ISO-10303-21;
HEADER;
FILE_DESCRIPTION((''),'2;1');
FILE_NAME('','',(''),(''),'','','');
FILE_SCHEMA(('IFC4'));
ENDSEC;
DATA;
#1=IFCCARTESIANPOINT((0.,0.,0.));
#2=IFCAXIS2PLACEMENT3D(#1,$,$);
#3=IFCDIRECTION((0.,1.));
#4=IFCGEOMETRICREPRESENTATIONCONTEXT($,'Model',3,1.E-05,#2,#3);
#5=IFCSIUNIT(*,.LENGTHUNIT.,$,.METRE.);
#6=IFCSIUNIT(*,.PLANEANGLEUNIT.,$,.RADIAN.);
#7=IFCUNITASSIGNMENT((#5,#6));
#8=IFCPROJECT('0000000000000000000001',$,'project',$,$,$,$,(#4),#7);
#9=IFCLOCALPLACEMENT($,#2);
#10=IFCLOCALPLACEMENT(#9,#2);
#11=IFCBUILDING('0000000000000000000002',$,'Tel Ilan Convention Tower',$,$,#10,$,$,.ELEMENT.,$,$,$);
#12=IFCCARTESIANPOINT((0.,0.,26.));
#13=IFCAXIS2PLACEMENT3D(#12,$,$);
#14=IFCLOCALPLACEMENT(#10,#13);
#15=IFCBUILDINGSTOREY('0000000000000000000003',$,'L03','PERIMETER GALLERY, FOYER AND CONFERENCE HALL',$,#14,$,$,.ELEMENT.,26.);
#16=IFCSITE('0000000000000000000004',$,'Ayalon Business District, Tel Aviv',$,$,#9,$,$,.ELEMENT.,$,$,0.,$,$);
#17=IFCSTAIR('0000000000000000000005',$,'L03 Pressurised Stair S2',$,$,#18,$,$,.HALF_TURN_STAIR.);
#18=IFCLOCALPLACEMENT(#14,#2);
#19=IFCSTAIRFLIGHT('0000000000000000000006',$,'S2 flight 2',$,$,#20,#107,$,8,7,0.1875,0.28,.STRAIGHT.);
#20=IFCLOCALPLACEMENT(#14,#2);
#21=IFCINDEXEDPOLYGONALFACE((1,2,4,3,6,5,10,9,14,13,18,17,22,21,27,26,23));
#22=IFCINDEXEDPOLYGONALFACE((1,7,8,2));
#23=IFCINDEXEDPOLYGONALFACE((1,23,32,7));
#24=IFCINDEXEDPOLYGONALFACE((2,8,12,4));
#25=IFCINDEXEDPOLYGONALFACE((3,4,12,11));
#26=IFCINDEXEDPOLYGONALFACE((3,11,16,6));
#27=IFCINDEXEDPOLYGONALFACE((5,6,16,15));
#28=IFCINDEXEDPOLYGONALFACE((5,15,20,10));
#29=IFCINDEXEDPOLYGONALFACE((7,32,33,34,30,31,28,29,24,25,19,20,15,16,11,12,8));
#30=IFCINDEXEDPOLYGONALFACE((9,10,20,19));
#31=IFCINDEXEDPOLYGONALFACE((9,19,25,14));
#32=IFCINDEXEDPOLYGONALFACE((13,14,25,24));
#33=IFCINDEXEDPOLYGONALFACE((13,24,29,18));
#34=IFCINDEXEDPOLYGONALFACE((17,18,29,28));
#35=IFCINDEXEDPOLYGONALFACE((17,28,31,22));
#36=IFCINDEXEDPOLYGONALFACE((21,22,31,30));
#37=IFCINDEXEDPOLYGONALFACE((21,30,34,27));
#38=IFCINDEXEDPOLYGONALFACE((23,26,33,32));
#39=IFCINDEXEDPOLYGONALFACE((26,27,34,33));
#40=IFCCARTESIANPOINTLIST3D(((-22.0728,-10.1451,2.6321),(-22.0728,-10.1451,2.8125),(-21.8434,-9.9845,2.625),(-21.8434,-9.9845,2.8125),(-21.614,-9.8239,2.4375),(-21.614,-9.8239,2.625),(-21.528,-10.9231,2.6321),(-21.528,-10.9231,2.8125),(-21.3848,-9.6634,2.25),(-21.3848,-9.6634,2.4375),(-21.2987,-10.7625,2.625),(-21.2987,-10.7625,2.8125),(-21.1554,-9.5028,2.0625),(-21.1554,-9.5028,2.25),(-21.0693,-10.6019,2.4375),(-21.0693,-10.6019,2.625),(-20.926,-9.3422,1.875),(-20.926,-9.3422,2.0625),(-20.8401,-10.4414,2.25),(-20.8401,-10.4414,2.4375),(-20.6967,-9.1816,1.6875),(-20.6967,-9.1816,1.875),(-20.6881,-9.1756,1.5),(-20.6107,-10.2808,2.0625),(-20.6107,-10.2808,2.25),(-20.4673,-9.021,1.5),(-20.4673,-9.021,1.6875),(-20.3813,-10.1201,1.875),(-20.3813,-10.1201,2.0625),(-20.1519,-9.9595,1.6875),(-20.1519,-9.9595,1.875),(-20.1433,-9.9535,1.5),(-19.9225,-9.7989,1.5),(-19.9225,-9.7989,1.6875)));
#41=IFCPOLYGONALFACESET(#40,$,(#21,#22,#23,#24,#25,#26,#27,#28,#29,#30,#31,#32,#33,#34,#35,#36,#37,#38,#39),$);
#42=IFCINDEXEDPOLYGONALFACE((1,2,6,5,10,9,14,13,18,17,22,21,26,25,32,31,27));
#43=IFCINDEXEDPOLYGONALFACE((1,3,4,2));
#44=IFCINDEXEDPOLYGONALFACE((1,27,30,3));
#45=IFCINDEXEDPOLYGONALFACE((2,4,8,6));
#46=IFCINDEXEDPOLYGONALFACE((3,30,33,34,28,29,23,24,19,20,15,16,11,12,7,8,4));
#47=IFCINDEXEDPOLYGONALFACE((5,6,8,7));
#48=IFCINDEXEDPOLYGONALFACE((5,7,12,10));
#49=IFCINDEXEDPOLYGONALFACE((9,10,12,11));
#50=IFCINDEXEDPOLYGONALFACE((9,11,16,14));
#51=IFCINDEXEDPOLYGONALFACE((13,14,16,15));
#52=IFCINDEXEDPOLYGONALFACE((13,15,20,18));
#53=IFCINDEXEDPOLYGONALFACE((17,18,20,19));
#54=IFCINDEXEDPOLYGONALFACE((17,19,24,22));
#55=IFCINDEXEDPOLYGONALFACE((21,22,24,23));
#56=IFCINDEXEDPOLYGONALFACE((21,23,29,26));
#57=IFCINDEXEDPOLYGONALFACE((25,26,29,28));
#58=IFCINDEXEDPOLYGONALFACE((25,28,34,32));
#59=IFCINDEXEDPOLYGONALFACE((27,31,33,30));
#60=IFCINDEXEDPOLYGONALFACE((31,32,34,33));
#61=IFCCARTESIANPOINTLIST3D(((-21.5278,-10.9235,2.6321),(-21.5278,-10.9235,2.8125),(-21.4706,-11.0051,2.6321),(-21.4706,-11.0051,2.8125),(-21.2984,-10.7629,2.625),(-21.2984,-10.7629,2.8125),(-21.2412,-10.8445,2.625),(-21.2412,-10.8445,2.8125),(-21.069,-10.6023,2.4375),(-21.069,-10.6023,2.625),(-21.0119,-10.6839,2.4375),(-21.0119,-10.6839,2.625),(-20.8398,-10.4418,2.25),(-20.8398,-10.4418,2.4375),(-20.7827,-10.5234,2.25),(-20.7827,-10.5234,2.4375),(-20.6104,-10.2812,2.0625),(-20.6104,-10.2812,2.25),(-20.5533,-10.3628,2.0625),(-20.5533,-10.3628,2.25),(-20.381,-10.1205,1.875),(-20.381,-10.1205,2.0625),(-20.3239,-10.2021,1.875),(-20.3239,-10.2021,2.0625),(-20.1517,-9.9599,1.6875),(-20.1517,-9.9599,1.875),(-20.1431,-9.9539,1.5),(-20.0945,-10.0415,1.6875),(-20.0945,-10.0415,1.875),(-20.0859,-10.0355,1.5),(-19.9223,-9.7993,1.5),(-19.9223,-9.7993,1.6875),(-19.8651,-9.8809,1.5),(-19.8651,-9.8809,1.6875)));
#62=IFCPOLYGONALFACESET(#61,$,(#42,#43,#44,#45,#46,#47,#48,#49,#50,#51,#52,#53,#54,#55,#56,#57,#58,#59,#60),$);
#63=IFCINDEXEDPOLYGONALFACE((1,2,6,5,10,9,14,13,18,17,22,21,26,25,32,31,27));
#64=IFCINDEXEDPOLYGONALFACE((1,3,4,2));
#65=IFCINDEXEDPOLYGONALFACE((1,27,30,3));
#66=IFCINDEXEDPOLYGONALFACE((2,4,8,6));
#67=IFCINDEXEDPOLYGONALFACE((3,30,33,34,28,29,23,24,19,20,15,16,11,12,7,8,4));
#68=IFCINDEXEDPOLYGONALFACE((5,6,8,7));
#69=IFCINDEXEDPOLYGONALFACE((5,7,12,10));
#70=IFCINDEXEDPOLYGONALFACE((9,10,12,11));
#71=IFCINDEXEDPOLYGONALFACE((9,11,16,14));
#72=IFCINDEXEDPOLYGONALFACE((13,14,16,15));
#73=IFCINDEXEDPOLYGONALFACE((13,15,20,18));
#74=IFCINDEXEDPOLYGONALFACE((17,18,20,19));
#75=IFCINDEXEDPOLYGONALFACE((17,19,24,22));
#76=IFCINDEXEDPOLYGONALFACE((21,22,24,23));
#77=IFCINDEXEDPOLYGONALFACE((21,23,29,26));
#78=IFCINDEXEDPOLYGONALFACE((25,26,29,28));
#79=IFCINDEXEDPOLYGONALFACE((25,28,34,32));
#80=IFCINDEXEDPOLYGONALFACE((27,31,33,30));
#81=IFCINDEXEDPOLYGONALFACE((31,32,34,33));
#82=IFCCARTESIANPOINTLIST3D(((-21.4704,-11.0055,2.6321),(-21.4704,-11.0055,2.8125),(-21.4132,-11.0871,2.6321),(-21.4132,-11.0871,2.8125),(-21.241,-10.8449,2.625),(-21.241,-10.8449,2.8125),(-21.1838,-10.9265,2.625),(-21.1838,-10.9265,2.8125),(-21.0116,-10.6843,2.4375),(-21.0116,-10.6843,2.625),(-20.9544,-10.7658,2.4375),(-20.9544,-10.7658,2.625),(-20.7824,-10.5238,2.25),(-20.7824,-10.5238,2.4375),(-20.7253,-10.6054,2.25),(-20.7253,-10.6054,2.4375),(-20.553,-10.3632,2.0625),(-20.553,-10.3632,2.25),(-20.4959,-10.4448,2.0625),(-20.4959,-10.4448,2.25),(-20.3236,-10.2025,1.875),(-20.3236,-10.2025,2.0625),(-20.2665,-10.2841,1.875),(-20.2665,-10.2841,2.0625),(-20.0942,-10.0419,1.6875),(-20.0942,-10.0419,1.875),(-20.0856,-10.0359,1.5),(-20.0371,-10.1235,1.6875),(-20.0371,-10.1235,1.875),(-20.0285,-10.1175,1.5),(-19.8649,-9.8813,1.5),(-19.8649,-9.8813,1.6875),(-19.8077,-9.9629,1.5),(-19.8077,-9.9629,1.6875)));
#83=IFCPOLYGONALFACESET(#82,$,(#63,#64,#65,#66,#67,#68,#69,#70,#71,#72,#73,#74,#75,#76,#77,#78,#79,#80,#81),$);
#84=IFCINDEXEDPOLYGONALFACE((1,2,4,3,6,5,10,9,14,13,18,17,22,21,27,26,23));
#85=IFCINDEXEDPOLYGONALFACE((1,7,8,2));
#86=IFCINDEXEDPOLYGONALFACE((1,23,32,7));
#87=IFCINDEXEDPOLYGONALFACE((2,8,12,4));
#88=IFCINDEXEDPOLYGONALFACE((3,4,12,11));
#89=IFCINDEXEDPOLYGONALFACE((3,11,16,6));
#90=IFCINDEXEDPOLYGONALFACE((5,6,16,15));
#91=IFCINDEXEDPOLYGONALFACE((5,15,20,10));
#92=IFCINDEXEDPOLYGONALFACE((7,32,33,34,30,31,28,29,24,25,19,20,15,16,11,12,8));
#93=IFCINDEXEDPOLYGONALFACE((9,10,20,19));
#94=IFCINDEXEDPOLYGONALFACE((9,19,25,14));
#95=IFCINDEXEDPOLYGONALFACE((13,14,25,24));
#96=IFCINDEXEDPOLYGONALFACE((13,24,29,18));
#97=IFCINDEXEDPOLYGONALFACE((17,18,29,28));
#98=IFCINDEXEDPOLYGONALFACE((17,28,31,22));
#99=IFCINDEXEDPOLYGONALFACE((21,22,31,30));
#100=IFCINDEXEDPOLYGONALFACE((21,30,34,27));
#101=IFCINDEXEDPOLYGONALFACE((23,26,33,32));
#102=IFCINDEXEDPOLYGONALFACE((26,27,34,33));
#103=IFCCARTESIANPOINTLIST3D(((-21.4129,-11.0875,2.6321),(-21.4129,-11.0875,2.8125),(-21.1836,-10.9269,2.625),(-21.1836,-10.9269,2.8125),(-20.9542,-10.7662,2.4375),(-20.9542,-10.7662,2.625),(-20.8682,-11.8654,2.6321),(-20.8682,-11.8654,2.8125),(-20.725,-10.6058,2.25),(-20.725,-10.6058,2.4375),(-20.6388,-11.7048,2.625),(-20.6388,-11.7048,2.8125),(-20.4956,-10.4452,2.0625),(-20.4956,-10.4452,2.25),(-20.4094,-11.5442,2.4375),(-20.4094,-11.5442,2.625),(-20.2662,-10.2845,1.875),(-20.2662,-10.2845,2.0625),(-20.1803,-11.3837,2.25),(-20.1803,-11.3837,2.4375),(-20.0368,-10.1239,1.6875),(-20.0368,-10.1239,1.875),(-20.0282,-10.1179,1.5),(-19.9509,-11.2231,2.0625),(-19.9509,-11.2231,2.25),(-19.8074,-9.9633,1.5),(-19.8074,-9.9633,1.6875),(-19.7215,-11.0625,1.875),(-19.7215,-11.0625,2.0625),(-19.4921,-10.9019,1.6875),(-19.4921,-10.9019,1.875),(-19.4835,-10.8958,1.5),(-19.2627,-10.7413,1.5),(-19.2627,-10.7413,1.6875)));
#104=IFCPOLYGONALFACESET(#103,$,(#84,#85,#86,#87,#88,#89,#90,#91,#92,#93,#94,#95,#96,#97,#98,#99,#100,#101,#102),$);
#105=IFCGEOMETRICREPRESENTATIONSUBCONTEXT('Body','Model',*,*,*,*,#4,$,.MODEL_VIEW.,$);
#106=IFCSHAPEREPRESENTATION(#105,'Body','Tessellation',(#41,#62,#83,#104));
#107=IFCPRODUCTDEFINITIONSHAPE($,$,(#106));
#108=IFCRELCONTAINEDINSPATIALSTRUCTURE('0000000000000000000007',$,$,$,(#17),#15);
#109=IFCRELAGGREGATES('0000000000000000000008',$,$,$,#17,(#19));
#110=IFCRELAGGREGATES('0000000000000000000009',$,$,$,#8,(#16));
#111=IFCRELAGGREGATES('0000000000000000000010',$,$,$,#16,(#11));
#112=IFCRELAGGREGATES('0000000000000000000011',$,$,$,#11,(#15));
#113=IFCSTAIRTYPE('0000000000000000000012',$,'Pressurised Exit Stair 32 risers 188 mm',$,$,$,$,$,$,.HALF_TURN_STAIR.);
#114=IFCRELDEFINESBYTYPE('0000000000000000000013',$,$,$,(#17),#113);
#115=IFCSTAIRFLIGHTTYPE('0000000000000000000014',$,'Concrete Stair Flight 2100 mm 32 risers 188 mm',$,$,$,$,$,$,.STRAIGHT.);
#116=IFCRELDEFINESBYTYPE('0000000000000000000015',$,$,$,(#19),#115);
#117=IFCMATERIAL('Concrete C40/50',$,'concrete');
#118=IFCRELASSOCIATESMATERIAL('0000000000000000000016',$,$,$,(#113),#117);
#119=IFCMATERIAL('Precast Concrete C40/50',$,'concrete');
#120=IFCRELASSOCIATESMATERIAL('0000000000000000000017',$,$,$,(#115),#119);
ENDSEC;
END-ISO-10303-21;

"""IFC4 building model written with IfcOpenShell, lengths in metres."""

from ifc_helpers import new_model, si_unit, direction, frame, origin, place, context, subcontext, project, spatial, polyline, outline, extrude, material, type_object, element, aggregate, save


model = new_model("IFC4")

# Units and contexts
model_context = context("Model", 3, precision=1e-05, world=origin(), true_north=direction((0.0, 1.0)))
body_context = subcontext(model_context, "Body", "Model", "MODEL_VIEW")
ifc_project = project(units=[si_unit("LENGTHUNIT", "METRE"), si_unit("PLANEANGLEUNIT", "RADIAN")], contexts=[model_context])

# Site, building, storey
site_placement = place(None, origin())
site = spatial("IfcSite", under=ifc_project, at=site_placement, Name="Ayalon Business District, Tel Aviv", CompositionType="ELEMENT", RefElevation=0.0)
building_placement = place(site_placement, origin())
building = spatial("IfcBuilding", under=site, at=building_placement, Name="Tel Ilan Convention Tower", CompositionType="ELEMENT")
storey_placement = place(building_placement, frame((0.0, 0.0, 26.0)))
storey = spatial("IfcBuildingStorey", under=building, at=storey_placement, Name="L03", Description="PERIMETER GALLERY, FOYER AND CONFERENCE HALL", CompositionType="ELEMENT", Elevation=26.0)

# Stair, stair flight
ifc_material_1 = material(Name="Concrete C40/50", Category="concrete")
stair_type = type_object("IfcStairType", Name="Pressurised Exit Stair 32 risers 188 mm", PredefinedType="HALF_TURN_STAIR", material=ifc_material_1)
stair_placement = place(storey_placement, origin())
stair = element("IfcStair", 1, at=stair_placement, inside=storey, type_object=stair_type, Name="L03 Pressurised Stair S2", PredefinedType="HALF_TURN_STAIR")
ifc_material_2 = material(Name="Precast Concrete C40/50", Category="concrete")
stair_flight_type = type_object("IfcStairFlightType", Name="Concrete Stair Flight 2100 mm 32 risers 188 mm", PredefinedType="STRAIGHT", material=ifc_material_2)
stair_flight_1_placement = place(storey_placement, frame((-19.865, -9.8811, 1.5), z_axis=(0.0, 0.0, 1.0), x_axis=(-0.819152, -0.573576, 0.0)))
stair_flight_1 = element("IfcStairFlight", 2, at=stair_flight_1_placement, type_object=stair_flight_type, Name="S2 flight 2", NumberOfRisers=8, NumberOfTreads=7, PredefinedType="STRAIGHT", RiserHeight=0.1875, TreadLength=0.28, context=body_context, shape_type="SweptSolid", body=[
    extrude(outline(polyline([(0.0, 0.0), (0.0, 0.1875), (0.28, 0.1875), (0.28, 0.375), (0.5601, 0.375), (0.5601, 0.5625), (0.8401, 0.5625), (0.8401, 0.75), (1.1201, 0.75), (1.1201, 0.9375), (1.3999, 0.9375), (1.3999, 1.125), (1.6799, 1.125), (1.6799, 1.3125), (1.96, 1.3125), (1.96, 1.5), (1.96, 1.1321), (0.2695, 0.0), (0.0, 0.0)])), frame((0.0, -0.1003, 0.0), z_axis=(0.0, -1.0, 0.0), x_axis=(1.0, 0.0, 0.0)), (0.0, 0.0, 1.0), 0.9497),
    extrude(outline(polyline([(0.0, 0.0), (0.0, 0.1875), (0.28, 0.1875), (0.28, 0.375), (0.5601, 0.375), (0.5601, 0.5625), (0.8401, 0.5625), (0.8401, 0.75), (1.1201, 0.75), (1.1201, 0.9375), (1.3999, 0.9375), (1.3999, 1.125), (1.6799, 1.125), (1.6799, 1.3125), (1.96, 1.3125), (1.96, 1.5), (1.96, 1.1321), (0.2695, 0.0), (0.0, 0.0)])), frame((0.0, -0.0002, 0.0), z_axis=(0.0, -1.0, 0.0), x_axis=(1.0, 0.0, 0.0)), (0.0, 0.0, 1.0), 0.0996),
    extrude(outline(polyline([(0.0, 0.0), (0.0, 0.1875), (0.28, 0.1875), (0.28, 0.375), (0.5601, 0.375), (0.5601, 0.5625), (0.8401, 0.5625), (0.8401, 0.75), (1.1201, 0.75), (1.1201, 0.9375), (1.3999, 0.9375), (1.3999, 1.125), (1.6799, 1.125), (1.6799, 1.3125), (1.96, 1.3125), (1.96, 1.5), (1.96, 1.1321), (0.2695, 0.0), (0.0, 0.0)])), frame((0.0, 0.0999, 0.0), z_axis=(0.0, -1.0, 0.0), x_axis=(1.0, 0.0, 0.0)), (0.0, 0.0, 1.0), 0.0996),
    extrude(outline(polyline([(0.0, 0.0), (0.0, 0.1875), (0.28, 0.1875), (0.28, 0.375), (0.5601, 0.375), (0.5601, 0.5625), (0.8401, 0.5625), (0.8401, 0.75), (1.1201, 0.75), (1.1201, 0.9375), (1.3999, 0.9375), (1.3999, 1.125), (1.6799, 1.125), (1.6799, 1.3125), (1.96, 1.3125), (1.96, 1.5), (1.96, 1.1321), (0.2695, 0.0), (0.0, 0.0)])), frame((0.0, 1.05, 0.0), z_axis=(0.0, -1.0, 0.0), x_axis=(1.0, 0.0, 0.0)), (0.0, 0.0, 1.0), 0.9497),
])
aggregate(stair, [stair_flight_1])

save(model, "model.ifc")
